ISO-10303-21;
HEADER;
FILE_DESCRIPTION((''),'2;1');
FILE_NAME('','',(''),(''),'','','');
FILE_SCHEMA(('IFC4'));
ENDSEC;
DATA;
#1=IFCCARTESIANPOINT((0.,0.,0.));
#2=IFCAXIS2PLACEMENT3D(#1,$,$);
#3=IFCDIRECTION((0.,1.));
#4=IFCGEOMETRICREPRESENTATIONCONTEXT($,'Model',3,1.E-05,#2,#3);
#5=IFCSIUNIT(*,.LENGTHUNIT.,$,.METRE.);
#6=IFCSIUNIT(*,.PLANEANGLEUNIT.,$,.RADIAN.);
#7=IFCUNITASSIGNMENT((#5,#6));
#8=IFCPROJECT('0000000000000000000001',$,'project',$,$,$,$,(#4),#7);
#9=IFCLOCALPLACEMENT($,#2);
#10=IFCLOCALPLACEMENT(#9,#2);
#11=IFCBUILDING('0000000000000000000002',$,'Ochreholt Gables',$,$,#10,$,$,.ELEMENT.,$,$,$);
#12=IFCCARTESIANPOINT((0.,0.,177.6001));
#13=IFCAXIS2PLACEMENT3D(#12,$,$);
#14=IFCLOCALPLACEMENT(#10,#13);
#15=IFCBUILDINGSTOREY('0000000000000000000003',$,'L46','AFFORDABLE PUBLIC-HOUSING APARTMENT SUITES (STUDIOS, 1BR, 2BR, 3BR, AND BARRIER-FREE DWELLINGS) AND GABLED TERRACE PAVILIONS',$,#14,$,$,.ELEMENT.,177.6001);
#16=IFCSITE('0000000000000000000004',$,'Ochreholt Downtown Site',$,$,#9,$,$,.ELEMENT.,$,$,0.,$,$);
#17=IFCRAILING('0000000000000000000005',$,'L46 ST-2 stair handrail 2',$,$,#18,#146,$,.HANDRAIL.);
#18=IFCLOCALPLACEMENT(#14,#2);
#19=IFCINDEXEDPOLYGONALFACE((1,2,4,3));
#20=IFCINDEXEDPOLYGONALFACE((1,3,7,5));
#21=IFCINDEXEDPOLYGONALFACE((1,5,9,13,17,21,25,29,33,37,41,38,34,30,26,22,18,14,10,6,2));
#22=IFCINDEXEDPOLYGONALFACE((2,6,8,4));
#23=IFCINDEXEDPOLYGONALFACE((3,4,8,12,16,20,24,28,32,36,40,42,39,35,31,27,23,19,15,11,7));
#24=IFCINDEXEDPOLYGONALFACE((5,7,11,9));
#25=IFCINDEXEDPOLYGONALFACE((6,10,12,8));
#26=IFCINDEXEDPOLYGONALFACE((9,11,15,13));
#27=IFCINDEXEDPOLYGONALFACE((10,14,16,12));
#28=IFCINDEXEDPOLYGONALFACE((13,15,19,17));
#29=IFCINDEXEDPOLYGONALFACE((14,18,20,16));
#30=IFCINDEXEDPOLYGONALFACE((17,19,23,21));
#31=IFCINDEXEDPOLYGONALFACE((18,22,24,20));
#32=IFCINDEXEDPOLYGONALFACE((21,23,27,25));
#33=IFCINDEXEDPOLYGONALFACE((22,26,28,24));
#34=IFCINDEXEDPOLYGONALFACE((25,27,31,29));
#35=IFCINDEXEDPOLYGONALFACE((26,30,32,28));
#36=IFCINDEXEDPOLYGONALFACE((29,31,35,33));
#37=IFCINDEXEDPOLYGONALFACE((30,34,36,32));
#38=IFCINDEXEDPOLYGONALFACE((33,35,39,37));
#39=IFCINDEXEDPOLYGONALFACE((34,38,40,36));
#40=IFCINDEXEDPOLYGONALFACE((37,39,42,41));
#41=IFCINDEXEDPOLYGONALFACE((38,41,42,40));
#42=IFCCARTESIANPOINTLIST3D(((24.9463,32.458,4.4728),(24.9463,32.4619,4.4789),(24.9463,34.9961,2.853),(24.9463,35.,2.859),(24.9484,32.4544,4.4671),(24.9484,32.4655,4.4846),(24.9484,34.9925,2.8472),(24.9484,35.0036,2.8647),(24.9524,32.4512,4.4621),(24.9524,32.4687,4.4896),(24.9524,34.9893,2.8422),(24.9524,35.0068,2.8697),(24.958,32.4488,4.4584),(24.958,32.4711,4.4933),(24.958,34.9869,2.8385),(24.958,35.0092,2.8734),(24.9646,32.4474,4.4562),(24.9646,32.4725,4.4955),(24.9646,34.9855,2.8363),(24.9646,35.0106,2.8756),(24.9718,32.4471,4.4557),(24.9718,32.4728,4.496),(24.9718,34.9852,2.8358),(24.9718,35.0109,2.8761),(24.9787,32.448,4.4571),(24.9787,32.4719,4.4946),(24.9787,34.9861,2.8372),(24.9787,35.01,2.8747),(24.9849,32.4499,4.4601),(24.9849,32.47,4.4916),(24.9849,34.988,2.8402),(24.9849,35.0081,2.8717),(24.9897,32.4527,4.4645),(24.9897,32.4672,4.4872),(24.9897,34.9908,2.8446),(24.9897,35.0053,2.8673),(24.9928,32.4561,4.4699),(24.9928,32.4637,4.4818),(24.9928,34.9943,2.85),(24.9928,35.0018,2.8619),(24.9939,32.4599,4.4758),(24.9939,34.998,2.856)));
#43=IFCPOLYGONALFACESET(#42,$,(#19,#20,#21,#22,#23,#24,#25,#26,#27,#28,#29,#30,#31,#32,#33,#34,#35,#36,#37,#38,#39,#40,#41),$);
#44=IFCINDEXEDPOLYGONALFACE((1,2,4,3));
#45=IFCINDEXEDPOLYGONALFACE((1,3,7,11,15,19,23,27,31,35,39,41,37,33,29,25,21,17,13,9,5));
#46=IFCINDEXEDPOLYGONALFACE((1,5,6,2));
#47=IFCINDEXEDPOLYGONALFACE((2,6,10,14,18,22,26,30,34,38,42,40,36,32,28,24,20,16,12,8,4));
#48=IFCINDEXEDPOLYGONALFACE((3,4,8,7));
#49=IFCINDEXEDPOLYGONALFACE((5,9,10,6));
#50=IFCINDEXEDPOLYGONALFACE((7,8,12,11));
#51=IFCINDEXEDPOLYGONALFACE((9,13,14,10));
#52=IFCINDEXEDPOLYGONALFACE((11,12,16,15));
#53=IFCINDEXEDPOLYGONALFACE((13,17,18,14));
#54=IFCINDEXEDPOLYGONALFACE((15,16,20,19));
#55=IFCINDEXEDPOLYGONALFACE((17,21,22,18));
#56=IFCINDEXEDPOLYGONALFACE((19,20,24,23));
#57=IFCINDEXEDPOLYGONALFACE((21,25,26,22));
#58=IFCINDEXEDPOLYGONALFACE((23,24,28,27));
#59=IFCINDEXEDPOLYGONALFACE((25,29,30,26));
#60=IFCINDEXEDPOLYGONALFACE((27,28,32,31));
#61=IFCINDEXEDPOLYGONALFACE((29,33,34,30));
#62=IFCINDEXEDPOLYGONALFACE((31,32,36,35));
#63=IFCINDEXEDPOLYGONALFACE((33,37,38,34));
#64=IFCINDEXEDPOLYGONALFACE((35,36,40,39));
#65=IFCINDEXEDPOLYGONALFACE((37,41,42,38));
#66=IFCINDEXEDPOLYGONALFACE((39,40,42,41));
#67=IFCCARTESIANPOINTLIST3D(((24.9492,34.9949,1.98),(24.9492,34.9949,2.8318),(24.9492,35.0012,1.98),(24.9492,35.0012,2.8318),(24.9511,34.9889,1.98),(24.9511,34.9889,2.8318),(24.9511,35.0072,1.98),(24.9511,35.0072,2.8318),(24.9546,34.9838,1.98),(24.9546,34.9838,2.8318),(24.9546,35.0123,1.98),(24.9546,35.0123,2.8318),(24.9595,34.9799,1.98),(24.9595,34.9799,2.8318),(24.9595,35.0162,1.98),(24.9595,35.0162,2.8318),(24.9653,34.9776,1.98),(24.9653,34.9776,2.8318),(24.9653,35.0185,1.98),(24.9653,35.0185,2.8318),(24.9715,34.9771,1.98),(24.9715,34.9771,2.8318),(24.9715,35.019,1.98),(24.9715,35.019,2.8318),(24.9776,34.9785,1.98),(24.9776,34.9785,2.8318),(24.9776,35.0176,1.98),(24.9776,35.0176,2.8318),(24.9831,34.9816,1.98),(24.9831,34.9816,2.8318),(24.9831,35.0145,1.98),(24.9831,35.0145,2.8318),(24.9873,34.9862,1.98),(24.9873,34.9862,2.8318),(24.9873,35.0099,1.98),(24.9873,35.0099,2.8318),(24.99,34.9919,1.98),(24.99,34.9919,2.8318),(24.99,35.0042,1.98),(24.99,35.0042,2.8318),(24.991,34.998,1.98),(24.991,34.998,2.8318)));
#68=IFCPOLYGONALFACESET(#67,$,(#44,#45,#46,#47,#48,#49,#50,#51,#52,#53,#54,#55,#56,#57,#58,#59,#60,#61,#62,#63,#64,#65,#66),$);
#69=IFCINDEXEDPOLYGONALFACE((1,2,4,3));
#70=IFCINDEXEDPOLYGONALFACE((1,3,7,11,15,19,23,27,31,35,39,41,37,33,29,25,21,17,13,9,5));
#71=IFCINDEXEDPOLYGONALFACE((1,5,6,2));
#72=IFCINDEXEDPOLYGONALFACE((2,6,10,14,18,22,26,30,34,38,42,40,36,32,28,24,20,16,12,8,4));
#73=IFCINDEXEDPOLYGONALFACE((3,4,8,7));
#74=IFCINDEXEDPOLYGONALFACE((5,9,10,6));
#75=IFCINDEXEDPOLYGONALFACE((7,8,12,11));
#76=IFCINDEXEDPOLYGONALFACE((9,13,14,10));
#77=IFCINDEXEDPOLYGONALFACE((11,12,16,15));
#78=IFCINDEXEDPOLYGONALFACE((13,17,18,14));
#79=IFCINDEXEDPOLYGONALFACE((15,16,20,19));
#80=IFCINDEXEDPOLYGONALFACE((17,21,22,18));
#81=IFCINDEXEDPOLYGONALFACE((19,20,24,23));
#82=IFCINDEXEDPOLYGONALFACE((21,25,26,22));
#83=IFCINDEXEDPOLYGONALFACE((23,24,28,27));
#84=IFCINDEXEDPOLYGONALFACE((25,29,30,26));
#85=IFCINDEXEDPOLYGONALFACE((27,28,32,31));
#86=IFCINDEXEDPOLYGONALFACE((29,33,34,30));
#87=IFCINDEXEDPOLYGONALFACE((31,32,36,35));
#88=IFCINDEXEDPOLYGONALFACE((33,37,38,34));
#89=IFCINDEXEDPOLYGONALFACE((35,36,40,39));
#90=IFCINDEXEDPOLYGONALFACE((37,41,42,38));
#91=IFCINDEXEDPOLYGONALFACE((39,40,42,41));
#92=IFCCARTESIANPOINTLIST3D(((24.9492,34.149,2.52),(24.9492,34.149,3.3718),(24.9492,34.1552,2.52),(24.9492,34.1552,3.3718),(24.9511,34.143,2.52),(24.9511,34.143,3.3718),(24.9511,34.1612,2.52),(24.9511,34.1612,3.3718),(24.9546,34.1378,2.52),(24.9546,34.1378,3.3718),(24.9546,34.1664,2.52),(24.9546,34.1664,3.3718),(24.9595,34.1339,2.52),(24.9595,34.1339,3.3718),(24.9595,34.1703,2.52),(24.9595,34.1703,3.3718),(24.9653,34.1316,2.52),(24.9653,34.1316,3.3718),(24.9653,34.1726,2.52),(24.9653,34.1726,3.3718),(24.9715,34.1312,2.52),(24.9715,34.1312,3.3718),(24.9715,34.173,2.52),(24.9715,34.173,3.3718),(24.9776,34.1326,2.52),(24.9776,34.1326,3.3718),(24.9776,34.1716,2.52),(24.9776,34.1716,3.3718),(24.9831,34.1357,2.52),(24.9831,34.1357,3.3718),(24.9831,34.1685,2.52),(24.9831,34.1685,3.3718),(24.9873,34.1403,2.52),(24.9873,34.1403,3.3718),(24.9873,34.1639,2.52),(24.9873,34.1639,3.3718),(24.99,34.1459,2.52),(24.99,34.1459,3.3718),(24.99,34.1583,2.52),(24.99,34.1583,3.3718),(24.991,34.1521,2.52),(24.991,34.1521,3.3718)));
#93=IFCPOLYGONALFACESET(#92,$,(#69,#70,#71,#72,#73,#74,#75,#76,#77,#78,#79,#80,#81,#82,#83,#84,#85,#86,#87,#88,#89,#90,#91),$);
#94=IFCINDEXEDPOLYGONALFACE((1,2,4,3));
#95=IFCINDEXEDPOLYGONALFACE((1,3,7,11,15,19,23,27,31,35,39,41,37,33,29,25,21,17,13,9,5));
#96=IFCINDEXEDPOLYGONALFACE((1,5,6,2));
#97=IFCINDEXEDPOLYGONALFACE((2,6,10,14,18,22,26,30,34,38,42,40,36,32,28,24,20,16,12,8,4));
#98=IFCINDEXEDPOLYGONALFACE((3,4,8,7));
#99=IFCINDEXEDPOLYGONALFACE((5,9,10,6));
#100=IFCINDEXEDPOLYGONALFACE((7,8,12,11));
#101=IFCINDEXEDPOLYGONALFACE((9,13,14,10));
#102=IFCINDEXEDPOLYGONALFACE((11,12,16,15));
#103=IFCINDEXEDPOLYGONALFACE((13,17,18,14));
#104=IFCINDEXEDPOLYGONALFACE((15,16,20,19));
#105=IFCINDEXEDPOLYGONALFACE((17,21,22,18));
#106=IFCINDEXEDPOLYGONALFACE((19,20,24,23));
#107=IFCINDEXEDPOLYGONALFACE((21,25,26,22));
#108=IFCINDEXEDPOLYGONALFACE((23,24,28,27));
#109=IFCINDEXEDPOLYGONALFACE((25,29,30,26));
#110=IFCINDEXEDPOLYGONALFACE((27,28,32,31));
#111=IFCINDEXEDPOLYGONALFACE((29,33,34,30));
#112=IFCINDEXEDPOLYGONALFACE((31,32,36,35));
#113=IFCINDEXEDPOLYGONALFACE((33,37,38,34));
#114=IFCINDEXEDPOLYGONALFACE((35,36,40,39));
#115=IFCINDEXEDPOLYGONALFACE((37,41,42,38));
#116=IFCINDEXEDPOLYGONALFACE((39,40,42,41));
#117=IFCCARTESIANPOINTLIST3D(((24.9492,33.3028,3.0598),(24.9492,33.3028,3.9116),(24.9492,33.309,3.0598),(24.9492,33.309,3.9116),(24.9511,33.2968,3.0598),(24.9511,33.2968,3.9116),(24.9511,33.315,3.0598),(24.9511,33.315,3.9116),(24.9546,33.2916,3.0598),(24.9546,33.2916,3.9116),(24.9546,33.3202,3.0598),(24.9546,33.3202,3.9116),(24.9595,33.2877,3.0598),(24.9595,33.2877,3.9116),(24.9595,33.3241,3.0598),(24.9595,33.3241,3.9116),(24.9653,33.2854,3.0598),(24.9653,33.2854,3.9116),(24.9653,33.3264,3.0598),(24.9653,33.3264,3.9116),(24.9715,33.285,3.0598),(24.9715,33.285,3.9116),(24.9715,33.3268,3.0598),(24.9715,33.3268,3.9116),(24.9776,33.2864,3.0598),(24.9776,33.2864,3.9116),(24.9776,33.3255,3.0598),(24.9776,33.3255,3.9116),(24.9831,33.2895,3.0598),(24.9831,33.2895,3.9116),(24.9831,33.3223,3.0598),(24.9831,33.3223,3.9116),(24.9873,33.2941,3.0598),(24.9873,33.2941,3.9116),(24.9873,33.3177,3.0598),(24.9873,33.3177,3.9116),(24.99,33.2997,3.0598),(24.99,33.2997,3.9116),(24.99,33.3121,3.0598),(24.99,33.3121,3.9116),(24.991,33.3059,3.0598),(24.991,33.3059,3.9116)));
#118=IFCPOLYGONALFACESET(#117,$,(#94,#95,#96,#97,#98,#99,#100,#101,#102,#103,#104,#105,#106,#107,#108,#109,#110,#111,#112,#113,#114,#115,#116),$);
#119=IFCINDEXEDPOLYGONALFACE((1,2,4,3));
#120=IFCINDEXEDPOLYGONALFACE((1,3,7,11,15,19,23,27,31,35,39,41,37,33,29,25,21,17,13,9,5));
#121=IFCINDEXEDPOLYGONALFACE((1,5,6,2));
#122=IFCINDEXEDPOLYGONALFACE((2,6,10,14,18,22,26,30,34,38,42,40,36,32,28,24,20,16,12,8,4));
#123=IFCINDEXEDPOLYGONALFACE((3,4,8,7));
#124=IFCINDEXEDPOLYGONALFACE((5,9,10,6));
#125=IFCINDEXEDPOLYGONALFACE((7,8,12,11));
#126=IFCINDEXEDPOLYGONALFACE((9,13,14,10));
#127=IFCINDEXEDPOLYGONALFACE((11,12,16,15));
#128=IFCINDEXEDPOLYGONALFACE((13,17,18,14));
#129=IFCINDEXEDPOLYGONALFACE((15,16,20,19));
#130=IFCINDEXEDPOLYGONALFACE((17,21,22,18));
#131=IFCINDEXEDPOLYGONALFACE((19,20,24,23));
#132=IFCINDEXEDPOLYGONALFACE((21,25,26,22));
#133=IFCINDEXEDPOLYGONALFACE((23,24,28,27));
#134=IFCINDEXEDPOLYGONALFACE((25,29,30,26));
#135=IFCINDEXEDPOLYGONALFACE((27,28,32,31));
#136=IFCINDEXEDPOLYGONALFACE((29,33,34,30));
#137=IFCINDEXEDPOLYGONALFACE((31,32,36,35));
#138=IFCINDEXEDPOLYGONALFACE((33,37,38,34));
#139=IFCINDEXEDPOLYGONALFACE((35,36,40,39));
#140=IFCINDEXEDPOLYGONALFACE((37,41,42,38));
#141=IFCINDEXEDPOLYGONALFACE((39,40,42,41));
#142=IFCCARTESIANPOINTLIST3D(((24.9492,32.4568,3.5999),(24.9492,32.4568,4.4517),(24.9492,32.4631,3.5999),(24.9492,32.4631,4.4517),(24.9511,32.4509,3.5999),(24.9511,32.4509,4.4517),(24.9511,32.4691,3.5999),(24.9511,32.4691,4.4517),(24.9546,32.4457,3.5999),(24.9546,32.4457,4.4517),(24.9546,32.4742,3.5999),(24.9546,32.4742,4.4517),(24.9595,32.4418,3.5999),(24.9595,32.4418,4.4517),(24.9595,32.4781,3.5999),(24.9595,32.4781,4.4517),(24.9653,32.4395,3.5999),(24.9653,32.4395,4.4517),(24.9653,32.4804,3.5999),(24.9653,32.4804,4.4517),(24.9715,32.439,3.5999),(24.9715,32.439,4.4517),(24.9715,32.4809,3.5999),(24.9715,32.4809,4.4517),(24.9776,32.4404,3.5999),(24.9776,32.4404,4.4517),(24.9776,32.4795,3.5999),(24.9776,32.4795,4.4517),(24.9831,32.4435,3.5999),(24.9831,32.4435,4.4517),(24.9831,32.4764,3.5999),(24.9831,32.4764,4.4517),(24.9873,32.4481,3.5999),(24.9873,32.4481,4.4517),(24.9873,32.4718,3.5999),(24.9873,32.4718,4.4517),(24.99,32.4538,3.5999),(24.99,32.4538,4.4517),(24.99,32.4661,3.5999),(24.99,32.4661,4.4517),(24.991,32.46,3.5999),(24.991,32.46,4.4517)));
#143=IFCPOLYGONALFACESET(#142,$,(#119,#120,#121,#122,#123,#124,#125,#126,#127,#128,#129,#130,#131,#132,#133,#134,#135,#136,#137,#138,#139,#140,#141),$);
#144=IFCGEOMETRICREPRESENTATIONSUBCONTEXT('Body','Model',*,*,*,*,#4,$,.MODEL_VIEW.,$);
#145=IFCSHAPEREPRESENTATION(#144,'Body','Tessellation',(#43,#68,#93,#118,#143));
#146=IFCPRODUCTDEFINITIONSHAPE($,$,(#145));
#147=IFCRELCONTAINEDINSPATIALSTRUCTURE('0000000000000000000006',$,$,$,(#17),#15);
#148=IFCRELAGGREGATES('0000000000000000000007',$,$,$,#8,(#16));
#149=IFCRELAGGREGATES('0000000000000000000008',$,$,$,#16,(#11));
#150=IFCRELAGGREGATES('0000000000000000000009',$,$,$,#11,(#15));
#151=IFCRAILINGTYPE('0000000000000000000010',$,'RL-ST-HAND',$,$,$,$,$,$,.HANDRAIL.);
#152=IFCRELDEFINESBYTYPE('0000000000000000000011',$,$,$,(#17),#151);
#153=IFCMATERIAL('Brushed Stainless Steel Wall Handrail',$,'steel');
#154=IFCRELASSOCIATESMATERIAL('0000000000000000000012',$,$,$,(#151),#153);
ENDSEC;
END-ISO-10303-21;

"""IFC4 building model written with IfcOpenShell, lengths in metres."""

from ifc_helpers import new_model, si_unit, direction, frame, origin, origin_2d, place, context, subcontext, project, spatial, circle, extrude, material, type_object, element, save


model = new_model("IFC4")

# Units and contexts
model_context = context("Model", 3, precision=1e-05, world=origin(), true_north=direction((0.0, 1.0)))
body_context = subcontext(model_context, "Body", "Model", "MODEL_VIEW")
ifc_project = project(units=[si_unit("LENGTHUNIT", "METRE"), si_unit("PLANEANGLEUNIT", "RADIAN")], contexts=[model_context])

# Site, building, storey
site_placement = place(None, origin())
site = spatial("IfcSite", under=ifc_project, at=site_placement, Name="Ochreholt Downtown Site", CompositionType="ELEMENT", RefElevation=0.0)
building_placement = place(site_placement, origin())
building = spatial("IfcBuilding", under=site, at=building_placement, Name="Ochreholt Gables", CompositionType="ELEMENT")
storey_placement = place(building_placement, frame((0.0, 0.0, 177.6001)))
storey = spatial("IfcBuildingStorey", under=building, at=storey_placement, Name="L46", Description="AFFORDABLE PUBLIC-HOUSING APARTMENT SUITES (STUDIOS, 1BR, 2BR, 3BR, AND BARRIER-FREE DWELLINGS) AND GABLED TERRACE PAVILIONS", CompositionType="ELEMENT", Elevation=177.6001)

# Railing
ifc_material_1 = material(Name="Brushed Stainless Steel Wall Handrail", Category="steel")
railing_type_1 = type_object("IfcRailingType", Name="RL-ST-HAND", PredefinedType="HANDRAIL", material=ifc_material_1)
railing_1_placement = place(storey_placement, frame((24.97, 34.998, 1.98)))
element("IfcRailing", 1, at=railing_1_placement, inside=storey, type_object=railing_type_1, Name="L46 ST-2 stair handrail 2", PredefinedType="HANDRAIL", context=body_context, shape_type="SweptSolid", body=[
    extrude(circle(Radius=0.0239, at=origin_2d()), frame((0.0, 0.0, 0.876), z_axis=(0.0, -0.84295, 0.537993), x_axis=(1.0, 0.0, 0.0)), (0.0, 0.0, 1.0), 3.011),
    extrude(circle(Radius=0.021, at=origin_2d()), origin(), (0.0, 0.0, 1.0), 0.8518),
    extrude(circle(Radius=0.021, at=origin_2d()), frame((0.0, -0.8459, 0.54)), (0.0, 0.0, 1.0), 0.8518),
    extrude(circle(Radius=0.021, at=origin_2d()), frame((0.0, -1.6921, 1.0798)), (0.0, 0.0, 1.0), 0.8518),
    extrude(circle(Radius=0.021, at=origin_2d()), frame((0.0, -2.5381, 1.6199)), (0.0, 0.0, 1.0), 0.8518),
])

save(model, "model.ifc")
